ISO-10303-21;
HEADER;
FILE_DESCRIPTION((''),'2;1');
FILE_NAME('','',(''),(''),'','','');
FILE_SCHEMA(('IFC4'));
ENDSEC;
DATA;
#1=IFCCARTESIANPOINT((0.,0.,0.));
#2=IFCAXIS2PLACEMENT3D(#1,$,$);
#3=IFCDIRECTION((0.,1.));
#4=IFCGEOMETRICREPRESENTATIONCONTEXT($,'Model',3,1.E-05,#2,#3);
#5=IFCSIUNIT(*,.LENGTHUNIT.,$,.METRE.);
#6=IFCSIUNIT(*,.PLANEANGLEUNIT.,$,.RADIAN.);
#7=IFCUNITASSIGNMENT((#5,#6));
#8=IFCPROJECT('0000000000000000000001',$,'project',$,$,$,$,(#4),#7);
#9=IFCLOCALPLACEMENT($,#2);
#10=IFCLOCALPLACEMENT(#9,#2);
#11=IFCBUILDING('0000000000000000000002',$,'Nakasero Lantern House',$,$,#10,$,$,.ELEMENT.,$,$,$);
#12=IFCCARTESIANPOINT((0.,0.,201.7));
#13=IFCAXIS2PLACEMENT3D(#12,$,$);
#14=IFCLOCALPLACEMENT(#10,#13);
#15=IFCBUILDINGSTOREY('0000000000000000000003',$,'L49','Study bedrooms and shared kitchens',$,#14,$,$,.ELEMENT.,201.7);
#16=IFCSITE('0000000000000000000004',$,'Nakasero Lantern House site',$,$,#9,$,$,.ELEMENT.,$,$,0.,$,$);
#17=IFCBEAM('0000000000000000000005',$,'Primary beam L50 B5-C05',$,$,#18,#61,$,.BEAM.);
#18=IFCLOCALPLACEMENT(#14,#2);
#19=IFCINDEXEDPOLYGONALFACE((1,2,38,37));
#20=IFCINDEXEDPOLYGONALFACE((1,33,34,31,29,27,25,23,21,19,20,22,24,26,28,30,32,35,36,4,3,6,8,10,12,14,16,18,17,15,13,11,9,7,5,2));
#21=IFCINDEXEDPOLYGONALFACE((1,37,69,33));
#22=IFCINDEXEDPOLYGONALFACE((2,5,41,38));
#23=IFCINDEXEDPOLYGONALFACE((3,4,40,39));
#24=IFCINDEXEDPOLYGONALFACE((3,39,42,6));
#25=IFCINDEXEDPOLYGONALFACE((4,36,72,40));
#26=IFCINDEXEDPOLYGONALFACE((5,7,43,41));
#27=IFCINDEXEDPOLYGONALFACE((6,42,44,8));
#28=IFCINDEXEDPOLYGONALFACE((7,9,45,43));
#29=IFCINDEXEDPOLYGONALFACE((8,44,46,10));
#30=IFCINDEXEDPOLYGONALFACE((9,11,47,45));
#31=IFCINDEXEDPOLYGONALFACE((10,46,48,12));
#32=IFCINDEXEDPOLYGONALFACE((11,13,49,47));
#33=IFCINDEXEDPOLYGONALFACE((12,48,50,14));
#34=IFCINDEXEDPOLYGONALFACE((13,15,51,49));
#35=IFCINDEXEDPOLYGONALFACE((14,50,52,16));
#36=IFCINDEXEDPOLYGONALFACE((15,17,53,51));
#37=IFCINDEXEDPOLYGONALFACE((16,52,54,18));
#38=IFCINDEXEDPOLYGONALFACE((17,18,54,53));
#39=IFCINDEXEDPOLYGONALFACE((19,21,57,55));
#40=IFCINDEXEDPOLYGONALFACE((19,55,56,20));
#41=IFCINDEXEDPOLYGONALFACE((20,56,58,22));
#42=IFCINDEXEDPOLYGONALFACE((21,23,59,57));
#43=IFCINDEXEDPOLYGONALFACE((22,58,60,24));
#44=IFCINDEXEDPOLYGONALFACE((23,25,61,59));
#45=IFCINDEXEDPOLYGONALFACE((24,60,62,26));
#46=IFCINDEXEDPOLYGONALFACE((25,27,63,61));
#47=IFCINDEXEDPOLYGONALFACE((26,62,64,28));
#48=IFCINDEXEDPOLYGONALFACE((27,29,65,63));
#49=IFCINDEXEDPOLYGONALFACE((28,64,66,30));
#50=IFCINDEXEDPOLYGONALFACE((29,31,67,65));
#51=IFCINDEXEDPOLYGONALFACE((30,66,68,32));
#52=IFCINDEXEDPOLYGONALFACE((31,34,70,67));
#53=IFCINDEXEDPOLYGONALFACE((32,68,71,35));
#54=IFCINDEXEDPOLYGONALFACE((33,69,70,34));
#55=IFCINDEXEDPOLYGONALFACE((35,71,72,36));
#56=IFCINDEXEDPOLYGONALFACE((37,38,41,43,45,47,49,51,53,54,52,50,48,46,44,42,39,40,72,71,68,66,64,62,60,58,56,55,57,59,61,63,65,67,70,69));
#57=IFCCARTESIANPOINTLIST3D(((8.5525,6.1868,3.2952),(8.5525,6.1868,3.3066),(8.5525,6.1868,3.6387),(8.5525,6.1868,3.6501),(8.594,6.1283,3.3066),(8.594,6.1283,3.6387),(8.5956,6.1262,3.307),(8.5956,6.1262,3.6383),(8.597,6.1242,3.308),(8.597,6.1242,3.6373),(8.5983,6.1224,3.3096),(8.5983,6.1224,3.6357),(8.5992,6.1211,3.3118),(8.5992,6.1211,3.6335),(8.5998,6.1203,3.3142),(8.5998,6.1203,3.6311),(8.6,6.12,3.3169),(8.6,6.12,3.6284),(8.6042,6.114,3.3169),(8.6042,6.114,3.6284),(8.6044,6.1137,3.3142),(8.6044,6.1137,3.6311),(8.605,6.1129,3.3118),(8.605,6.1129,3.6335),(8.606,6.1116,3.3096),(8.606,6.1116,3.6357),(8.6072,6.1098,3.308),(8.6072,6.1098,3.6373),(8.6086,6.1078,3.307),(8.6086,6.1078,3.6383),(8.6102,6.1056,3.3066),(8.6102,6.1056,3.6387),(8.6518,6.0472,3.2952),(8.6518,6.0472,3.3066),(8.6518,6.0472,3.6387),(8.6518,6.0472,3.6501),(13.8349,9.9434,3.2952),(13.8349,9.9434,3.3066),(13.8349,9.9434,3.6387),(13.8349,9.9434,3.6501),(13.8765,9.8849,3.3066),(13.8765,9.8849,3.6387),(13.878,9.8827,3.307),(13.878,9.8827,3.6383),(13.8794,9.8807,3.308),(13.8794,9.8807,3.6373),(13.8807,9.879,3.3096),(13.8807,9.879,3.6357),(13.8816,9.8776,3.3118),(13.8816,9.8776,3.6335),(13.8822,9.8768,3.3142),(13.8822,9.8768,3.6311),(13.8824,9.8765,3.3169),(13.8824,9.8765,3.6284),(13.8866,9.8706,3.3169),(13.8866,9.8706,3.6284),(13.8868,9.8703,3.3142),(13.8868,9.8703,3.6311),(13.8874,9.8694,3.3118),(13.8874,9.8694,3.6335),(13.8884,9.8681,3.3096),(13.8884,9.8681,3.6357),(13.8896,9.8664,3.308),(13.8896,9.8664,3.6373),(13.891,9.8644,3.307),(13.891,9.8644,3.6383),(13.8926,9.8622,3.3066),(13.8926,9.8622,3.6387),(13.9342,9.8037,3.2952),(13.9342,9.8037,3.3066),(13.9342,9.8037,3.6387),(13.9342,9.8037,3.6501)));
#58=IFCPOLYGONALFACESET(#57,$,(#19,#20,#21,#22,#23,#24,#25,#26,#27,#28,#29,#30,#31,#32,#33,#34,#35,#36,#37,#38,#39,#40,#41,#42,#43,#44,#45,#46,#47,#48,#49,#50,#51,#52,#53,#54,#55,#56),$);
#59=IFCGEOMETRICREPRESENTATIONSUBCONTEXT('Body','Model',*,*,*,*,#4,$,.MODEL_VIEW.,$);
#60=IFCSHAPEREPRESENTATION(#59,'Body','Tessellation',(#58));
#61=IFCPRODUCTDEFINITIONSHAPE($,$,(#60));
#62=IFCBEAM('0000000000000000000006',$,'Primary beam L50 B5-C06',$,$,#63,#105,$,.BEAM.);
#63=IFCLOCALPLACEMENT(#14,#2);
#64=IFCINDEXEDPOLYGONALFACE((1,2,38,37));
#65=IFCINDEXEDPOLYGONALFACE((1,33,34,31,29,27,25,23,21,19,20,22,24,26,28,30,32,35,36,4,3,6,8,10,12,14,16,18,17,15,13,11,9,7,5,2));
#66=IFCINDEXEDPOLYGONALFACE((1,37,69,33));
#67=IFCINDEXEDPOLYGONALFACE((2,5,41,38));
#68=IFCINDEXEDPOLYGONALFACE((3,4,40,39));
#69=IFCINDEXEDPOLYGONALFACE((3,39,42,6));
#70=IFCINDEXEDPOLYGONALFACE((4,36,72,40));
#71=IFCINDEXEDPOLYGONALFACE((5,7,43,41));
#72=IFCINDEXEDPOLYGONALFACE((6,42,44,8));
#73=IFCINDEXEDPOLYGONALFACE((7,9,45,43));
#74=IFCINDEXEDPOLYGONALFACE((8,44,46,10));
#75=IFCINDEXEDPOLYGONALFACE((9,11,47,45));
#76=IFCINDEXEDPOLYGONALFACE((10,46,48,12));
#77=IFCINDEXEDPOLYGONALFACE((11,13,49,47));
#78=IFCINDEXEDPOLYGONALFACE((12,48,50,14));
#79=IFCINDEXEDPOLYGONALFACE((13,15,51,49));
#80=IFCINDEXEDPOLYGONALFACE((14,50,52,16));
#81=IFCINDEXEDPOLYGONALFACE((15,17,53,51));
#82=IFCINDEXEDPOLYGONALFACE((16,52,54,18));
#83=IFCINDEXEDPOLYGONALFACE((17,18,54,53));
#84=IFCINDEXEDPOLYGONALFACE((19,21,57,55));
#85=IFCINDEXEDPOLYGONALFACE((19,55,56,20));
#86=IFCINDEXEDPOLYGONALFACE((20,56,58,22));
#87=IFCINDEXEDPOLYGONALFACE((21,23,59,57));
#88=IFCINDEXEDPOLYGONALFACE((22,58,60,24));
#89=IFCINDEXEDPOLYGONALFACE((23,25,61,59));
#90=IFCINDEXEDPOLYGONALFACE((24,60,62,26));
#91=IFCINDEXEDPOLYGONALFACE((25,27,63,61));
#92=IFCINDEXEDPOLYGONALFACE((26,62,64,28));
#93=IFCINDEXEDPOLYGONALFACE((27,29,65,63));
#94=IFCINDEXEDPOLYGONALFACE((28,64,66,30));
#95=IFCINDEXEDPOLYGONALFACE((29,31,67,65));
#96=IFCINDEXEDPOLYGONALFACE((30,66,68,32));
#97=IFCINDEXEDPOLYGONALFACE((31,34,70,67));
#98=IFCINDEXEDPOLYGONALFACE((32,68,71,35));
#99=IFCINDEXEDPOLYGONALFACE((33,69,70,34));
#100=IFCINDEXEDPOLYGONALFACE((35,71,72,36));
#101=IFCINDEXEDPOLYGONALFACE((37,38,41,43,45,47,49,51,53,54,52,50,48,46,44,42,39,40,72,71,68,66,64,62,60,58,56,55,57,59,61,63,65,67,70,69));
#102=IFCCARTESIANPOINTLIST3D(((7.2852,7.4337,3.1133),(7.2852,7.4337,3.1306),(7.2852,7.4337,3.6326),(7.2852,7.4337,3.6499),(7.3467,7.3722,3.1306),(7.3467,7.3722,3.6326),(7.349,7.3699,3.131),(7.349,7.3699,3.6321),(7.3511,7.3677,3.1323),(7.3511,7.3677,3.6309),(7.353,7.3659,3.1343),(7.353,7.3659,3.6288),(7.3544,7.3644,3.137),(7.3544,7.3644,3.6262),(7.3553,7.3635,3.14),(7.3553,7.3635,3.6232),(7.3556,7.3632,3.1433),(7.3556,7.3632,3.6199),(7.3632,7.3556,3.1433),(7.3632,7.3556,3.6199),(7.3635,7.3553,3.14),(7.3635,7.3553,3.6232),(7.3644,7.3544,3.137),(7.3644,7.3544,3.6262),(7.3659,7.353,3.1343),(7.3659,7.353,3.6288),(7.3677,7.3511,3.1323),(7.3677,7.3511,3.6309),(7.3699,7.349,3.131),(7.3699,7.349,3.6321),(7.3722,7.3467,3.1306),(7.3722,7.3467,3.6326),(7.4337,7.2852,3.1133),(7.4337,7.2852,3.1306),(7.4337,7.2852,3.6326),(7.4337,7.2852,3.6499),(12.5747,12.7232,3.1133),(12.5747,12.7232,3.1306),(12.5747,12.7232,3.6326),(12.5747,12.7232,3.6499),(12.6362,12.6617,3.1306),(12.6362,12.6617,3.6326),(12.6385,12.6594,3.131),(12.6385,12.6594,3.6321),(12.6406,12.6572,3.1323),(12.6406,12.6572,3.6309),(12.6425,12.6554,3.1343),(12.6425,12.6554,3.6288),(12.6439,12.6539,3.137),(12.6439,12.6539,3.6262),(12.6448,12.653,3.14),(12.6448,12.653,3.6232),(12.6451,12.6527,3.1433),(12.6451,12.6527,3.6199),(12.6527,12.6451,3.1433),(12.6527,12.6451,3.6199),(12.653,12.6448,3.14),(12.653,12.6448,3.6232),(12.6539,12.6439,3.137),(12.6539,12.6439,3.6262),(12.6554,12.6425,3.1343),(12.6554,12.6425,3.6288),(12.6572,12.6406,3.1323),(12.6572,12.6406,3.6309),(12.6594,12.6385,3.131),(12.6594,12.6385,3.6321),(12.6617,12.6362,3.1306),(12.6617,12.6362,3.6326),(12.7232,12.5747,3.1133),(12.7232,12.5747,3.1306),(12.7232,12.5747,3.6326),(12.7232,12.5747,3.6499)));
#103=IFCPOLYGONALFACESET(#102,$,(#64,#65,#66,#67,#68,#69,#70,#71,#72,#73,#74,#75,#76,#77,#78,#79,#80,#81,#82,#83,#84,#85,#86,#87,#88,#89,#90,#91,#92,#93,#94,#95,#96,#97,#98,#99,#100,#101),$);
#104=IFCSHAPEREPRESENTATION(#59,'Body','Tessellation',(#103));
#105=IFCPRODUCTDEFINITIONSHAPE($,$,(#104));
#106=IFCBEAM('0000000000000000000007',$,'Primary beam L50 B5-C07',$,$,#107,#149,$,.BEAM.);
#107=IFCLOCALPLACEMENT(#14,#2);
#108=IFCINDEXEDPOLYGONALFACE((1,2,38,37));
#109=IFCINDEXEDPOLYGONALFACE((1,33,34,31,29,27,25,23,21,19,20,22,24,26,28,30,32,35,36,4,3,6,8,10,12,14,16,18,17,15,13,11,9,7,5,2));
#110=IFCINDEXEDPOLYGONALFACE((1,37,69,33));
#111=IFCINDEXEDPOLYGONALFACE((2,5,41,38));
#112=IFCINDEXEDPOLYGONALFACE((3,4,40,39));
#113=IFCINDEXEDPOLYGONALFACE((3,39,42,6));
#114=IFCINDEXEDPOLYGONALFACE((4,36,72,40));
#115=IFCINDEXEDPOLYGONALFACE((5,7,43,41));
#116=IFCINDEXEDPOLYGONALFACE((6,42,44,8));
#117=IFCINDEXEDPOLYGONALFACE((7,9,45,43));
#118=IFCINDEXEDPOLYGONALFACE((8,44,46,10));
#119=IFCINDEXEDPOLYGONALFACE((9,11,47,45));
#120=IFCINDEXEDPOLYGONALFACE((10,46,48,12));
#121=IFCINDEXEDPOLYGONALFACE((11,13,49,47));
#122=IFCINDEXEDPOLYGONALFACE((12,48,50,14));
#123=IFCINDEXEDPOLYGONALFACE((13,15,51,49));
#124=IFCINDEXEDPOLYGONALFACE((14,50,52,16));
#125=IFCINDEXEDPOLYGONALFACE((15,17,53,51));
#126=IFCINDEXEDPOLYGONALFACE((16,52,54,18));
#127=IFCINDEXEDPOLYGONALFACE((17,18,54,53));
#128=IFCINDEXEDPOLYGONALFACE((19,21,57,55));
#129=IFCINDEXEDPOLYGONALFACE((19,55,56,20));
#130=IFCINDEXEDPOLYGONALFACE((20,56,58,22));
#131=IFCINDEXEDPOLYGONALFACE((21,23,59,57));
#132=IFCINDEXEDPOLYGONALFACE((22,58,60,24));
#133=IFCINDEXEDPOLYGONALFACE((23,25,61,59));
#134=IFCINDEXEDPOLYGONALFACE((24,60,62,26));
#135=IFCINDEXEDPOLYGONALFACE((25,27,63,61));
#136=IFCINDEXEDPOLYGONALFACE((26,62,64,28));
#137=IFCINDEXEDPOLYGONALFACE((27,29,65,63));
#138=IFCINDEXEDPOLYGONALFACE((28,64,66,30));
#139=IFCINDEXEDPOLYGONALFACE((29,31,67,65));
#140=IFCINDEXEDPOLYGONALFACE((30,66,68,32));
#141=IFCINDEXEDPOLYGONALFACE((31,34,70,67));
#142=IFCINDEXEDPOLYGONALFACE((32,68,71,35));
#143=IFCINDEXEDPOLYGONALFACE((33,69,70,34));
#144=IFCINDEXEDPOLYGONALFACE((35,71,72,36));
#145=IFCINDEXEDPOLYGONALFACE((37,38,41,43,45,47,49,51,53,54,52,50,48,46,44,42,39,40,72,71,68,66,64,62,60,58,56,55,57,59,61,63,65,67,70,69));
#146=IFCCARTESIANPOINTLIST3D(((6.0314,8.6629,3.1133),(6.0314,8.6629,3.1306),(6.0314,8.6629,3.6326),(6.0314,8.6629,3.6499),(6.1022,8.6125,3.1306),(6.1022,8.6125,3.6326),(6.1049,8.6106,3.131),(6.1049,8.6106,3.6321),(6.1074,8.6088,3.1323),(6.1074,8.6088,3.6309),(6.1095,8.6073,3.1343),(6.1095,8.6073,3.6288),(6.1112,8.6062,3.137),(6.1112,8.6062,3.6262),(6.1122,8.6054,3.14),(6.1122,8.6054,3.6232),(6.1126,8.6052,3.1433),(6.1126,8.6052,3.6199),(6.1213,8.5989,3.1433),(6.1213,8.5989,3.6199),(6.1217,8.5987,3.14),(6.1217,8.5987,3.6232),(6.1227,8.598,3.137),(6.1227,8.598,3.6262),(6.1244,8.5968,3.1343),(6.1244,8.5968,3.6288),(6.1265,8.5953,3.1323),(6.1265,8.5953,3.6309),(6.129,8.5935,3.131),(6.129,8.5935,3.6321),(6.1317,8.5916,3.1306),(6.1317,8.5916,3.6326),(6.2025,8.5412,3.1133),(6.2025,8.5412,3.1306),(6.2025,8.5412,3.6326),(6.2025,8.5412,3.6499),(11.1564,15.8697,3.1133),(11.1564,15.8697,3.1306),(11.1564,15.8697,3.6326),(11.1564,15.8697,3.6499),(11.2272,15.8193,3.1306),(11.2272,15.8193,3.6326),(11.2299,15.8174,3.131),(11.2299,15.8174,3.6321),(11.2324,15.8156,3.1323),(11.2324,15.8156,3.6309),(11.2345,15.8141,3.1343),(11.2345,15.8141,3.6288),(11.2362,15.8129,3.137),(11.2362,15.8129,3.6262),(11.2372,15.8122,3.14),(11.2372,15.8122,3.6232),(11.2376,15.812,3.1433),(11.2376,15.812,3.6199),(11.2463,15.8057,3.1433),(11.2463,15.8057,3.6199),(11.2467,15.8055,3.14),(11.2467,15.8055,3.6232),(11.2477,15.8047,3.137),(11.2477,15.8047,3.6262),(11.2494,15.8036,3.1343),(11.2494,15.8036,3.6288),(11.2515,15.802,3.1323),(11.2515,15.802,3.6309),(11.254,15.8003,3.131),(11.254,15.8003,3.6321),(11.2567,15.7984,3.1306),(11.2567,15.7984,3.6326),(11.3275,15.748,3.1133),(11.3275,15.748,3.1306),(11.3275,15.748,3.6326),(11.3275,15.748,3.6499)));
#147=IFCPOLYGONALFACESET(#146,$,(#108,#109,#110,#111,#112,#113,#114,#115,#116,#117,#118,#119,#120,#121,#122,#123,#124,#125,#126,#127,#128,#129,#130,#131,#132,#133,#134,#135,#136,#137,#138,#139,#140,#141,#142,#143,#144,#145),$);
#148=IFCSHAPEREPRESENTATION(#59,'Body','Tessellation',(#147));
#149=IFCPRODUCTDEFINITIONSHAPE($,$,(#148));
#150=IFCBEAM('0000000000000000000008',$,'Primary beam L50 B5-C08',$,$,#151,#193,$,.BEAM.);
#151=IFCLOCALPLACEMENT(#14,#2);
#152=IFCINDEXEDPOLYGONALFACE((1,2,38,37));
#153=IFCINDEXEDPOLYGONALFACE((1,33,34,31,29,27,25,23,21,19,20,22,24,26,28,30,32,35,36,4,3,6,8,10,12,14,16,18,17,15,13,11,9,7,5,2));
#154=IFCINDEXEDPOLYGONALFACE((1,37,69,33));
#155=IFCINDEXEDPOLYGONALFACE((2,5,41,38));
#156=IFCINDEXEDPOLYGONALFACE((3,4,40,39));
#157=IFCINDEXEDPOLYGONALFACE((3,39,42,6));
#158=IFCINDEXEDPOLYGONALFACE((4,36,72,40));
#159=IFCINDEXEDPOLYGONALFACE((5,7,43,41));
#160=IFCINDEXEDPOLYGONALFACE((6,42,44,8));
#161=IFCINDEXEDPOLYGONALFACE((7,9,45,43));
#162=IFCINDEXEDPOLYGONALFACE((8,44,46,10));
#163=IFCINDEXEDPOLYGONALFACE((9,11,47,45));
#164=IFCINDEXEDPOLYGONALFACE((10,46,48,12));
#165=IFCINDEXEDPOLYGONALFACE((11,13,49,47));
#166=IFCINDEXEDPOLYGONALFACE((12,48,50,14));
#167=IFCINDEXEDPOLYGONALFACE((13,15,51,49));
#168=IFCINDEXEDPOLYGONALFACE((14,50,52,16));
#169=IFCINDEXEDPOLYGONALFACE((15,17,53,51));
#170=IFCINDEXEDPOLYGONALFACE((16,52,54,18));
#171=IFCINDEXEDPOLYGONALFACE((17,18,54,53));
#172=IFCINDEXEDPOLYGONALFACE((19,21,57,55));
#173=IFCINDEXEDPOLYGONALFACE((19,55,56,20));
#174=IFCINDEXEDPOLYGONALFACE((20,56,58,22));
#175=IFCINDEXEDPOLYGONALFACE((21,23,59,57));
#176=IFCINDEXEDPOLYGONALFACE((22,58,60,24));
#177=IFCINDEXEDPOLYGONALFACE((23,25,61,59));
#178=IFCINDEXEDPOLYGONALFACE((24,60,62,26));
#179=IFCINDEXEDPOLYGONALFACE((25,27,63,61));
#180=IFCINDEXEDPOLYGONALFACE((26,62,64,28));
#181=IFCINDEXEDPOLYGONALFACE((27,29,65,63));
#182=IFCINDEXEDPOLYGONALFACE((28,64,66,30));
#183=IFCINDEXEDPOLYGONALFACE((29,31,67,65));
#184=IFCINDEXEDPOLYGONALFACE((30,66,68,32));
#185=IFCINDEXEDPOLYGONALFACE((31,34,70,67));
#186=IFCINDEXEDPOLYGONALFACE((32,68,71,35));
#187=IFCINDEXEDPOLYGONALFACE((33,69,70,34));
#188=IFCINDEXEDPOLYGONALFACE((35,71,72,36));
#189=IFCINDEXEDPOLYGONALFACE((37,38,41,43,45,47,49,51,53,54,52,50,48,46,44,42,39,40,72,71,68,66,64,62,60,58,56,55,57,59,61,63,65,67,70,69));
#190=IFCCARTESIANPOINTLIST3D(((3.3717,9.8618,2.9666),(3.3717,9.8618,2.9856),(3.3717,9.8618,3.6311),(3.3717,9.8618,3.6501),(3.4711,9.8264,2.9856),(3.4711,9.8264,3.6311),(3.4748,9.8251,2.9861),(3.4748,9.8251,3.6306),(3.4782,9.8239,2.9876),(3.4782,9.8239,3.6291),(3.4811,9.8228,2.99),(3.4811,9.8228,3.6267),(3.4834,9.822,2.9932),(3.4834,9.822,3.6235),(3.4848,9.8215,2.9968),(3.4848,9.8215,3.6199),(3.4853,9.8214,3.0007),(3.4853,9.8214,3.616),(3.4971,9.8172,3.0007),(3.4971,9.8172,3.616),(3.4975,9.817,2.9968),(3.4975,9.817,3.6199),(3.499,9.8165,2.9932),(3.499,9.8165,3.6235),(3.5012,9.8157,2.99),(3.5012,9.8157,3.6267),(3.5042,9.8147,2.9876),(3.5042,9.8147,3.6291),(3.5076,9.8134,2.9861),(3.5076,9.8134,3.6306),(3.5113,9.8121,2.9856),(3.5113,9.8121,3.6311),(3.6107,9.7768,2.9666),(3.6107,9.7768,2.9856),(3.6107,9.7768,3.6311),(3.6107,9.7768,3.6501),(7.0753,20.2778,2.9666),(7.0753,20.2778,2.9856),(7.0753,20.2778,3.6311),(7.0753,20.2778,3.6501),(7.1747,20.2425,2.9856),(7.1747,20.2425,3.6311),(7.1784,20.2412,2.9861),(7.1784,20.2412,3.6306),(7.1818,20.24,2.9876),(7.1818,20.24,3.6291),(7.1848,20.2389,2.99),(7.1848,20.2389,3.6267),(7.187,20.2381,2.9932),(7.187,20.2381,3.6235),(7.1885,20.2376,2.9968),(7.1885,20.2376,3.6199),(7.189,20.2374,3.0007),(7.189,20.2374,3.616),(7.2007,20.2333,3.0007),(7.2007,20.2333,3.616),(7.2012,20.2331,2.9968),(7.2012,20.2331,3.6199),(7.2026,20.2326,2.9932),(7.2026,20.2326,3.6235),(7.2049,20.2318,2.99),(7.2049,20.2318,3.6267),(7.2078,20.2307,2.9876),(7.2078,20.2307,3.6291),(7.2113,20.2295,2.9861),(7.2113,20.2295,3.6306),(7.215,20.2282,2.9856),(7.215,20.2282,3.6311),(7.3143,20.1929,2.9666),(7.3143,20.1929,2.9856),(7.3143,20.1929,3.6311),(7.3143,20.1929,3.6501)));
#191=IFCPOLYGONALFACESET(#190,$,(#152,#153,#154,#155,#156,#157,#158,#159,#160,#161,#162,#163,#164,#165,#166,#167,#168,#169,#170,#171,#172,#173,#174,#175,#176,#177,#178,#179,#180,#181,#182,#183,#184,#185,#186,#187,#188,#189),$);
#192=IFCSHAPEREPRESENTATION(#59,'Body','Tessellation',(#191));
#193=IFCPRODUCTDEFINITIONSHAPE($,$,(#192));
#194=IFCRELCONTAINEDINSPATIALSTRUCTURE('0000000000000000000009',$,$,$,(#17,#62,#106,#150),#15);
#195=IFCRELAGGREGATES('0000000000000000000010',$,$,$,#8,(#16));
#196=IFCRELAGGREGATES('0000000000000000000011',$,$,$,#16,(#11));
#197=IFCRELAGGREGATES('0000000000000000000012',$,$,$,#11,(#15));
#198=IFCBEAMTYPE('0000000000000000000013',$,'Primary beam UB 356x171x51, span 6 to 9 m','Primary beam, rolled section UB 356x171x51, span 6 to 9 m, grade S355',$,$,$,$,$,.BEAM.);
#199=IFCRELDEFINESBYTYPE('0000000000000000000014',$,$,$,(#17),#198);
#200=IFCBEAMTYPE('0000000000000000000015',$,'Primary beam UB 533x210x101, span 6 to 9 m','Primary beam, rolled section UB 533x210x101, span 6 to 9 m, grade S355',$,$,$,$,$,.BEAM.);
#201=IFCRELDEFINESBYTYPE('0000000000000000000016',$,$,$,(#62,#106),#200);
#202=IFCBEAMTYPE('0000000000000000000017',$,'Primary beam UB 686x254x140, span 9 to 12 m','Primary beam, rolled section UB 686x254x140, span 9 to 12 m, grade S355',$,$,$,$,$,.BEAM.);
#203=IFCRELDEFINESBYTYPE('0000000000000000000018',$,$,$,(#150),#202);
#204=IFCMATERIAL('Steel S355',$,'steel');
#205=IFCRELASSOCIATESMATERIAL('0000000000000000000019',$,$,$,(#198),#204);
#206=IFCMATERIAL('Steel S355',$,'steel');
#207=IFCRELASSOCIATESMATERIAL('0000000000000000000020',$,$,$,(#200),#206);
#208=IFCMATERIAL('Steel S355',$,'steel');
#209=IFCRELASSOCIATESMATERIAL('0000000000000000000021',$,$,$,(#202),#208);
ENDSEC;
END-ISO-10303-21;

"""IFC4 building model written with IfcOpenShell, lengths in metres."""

from ifc_helpers import new_model, si_unit, direction, frame, origin, origin_2d, place, context, subcontext, project, spatial, i_section, extrude, material, material_profile, profile_set, type_object, element, save


model = new_model("IFC4")

# Units and contexts
model_context = context("Model", 3, precision=1e-05, world=origin(), true_north=direction((0.0, 1.0)))
body_context = subcontext(model_context, "Body", "Model", "MODEL_VIEW")
ifc_project = project(units=[si_unit("LENGTHUNIT", "METRE"), si_unit("PLANEANGLEUNIT", "RADIAN")], contexts=[model_context])

# Site, building, storey
site_placement = place(None, origin())
site = spatial("IfcSite", under=ifc_project, at=site_placement, Name="Nakasero Lantern House site", CompositionType="ELEMENT", RefElevation=0.0)
building_placement = place(site_placement, origin())
building = spatial("IfcBuilding", under=site, at=building_placement, Name="Nakasero Lantern House", CompositionType="ELEMENT")
storey_placement = place(building_placement, frame((0.0, 0.0, 201.7)))
storey = spatial("IfcBuildingStorey", under=building, at=storey_placement, Name="L49", Description="Study bedrooms and shared kitchens", CompositionType="ELEMENT", Elevation=201.7)

# Beams
ifc_material_1 = material(Name="Steel S355", Category="steel")
ifc_material_profile_1 = material_profile(ifc_material_1, i_section(OverallWidth=0.1714, OverallDepth=0.355, WebThickness=0.0073, FlangeThickness=0.0115, FilletRadius=0.0103, at=origin_2d()), Name="UB 356x171x51")
ifc_profile_set_1 = profile_set([ifc_material_profile_1], Name="Steel S355")
beam_type_1 = type_object("IfcBeamType", Name="Primary beam UB 356x171x51, span 6 to 9 m", Description="Primary beam, rolled section UB 356x171x51, span 6 to 9 m, grade S355", PredefinedType="BEAM", material=ifc_profile_set_1)
beam_1_placement = place(storey_placement, frame((13.8845, 9.8735, 3.4727), z_axis=(-0.814943, -0.579541, 0.0), x_axis=(0.579541, -0.814943, 0.0)))
element("IfcBeam", 1, at=beam_1_placement, inside=storey, type_object=beam_type_1, Name="Primary beam L50 B5-C05", PredefinedType="BEAM", context=body_context, shape_type="SweptSolid", body=[
    extrude(i_section(OverallWidth=0.1714, OverallDepth=0.355, WebThickness=0.0073, FlangeThickness=0.0115, FilletRadius=0.0103, at=origin_2d()), origin(), (0.0, 0.0, 1.0), 6.4819),
])
ifc_material_2 = material(Name="Steel S355", Category="steel")
ifc_material_profile_2 = material_profile(ifc_material_2, i_section(OverallWidth=0.21, OverallDepth=0.5366, WebThickness=0.0107, FlangeThickness=0.0173, FilletRadius=0.0127, at=origin_2d()), Name="UB 533x210x101")
ifc_profile_set_2 = profile_set([ifc_material_profile_2], Name="Steel S355")
beam_type_2 = type_object("IfcBeamType", Name="Primary beam UB 533x210x101, span 6 to 9 m", Description="Primary beam, rolled section UB 533x210x101, span 6 to 9 m, grade S355", PredefinedType="BEAM", material=ifc_profile_set_2)
beam_2_placement = place(storey_placement, frame((12.6489, 12.6489, 3.3816), z_axis=(-0.707107, -0.707107, 0.0), x_axis=(0.707107, -0.707107, 0.0)))
element("IfcBeam", 2, at=beam_2_placement, inside=storey, type_object=beam_type_2, Name="Primary beam L50 B5-C06", PredefinedType="BEAM", context=body_context, shape_type="SweptSolid", body=[
    extrude(i_section(OverallWidth=0.21, OverallDepth=0.5366, WebThickness=0.0107, FlangeThickness=0.0173, FilletRadius=0.0127, at=origin_2d()), origin(), (0.0, 0.0, 1.0), 7.4805),
])
beam_3_placement = place(storey_placement, frame((11.2419, 15.8088, 3.3816), z_axis=(-0.579537, -0.814946, 0.0), x_axis=(0.814946, -0.579537, 0.0)))
element("IfcBeam", 3, at=beam_3_placement, inside=storey, type_object=beam_type_2, Name="Primary beam L50 B5-C07", PredefinedType="BEAM", context=body_context, shape_type="SweptSolid", body=[
    extrude(i_section(OverallWidth=0.21, OverallDepth=0.5366, WebThickness=0.0107, FlangeThickness=0.0173, FilletRadius=0.0127, at=origin_2d()), origin(), (0.0, 0.0, 1.0), 8.8433),
])
ifc_material_3 = material(Name="Steel S355", Category="steel")
ifc_material_profile_3 = material_profile(ifc_material_3, i_section(OverallWidth=0.2537, OverallDepth=0.6836, WebThickness=0.0125, FlangeThickness=0.019, FilletRadius=0.0151, at=origin_2d()), Name="UB 686x254x140")
ifc_profile_set_3 = profile_set([ifc_material_profile_3], Name="Steel S355")
beam_type_3 = type_object("IfcBeamType", Name="Primary beam UB 686x254x140, span 9 to 12 m", Description="Primary beam, rolled section UB 686x254x140, span 9 to 12 m, grade S355", PredefinedType="BEAM", material=ifc_profile_set_3)
beam_4_placement = place(storey_placement, frame((7.1948, 20.2354, 3.3083), z_axis=(-0.335021, -0.942211, 0.0), x_axis=(0.942211, -0.335021, 0.0)))
element("IfcBeam", 4, at=beam_4_placement, inside=storey, type_object=beam_type_3, Name="Primary beam L50 B5-C08", PredefinedType="BEAM", context=body_context, shape_type="SweptSolid", body=[
    extrude(i_section(OverallWidth=0.2537, OverallDepth=0.6836, WebThickness=0.0125, FlangeThickness=0.019, FilletRadius=0.0151, at=origin_2d()), origin(), (0.0, 0.0, 1.0), 11.0549),
])

save(model, "model.ifc")
